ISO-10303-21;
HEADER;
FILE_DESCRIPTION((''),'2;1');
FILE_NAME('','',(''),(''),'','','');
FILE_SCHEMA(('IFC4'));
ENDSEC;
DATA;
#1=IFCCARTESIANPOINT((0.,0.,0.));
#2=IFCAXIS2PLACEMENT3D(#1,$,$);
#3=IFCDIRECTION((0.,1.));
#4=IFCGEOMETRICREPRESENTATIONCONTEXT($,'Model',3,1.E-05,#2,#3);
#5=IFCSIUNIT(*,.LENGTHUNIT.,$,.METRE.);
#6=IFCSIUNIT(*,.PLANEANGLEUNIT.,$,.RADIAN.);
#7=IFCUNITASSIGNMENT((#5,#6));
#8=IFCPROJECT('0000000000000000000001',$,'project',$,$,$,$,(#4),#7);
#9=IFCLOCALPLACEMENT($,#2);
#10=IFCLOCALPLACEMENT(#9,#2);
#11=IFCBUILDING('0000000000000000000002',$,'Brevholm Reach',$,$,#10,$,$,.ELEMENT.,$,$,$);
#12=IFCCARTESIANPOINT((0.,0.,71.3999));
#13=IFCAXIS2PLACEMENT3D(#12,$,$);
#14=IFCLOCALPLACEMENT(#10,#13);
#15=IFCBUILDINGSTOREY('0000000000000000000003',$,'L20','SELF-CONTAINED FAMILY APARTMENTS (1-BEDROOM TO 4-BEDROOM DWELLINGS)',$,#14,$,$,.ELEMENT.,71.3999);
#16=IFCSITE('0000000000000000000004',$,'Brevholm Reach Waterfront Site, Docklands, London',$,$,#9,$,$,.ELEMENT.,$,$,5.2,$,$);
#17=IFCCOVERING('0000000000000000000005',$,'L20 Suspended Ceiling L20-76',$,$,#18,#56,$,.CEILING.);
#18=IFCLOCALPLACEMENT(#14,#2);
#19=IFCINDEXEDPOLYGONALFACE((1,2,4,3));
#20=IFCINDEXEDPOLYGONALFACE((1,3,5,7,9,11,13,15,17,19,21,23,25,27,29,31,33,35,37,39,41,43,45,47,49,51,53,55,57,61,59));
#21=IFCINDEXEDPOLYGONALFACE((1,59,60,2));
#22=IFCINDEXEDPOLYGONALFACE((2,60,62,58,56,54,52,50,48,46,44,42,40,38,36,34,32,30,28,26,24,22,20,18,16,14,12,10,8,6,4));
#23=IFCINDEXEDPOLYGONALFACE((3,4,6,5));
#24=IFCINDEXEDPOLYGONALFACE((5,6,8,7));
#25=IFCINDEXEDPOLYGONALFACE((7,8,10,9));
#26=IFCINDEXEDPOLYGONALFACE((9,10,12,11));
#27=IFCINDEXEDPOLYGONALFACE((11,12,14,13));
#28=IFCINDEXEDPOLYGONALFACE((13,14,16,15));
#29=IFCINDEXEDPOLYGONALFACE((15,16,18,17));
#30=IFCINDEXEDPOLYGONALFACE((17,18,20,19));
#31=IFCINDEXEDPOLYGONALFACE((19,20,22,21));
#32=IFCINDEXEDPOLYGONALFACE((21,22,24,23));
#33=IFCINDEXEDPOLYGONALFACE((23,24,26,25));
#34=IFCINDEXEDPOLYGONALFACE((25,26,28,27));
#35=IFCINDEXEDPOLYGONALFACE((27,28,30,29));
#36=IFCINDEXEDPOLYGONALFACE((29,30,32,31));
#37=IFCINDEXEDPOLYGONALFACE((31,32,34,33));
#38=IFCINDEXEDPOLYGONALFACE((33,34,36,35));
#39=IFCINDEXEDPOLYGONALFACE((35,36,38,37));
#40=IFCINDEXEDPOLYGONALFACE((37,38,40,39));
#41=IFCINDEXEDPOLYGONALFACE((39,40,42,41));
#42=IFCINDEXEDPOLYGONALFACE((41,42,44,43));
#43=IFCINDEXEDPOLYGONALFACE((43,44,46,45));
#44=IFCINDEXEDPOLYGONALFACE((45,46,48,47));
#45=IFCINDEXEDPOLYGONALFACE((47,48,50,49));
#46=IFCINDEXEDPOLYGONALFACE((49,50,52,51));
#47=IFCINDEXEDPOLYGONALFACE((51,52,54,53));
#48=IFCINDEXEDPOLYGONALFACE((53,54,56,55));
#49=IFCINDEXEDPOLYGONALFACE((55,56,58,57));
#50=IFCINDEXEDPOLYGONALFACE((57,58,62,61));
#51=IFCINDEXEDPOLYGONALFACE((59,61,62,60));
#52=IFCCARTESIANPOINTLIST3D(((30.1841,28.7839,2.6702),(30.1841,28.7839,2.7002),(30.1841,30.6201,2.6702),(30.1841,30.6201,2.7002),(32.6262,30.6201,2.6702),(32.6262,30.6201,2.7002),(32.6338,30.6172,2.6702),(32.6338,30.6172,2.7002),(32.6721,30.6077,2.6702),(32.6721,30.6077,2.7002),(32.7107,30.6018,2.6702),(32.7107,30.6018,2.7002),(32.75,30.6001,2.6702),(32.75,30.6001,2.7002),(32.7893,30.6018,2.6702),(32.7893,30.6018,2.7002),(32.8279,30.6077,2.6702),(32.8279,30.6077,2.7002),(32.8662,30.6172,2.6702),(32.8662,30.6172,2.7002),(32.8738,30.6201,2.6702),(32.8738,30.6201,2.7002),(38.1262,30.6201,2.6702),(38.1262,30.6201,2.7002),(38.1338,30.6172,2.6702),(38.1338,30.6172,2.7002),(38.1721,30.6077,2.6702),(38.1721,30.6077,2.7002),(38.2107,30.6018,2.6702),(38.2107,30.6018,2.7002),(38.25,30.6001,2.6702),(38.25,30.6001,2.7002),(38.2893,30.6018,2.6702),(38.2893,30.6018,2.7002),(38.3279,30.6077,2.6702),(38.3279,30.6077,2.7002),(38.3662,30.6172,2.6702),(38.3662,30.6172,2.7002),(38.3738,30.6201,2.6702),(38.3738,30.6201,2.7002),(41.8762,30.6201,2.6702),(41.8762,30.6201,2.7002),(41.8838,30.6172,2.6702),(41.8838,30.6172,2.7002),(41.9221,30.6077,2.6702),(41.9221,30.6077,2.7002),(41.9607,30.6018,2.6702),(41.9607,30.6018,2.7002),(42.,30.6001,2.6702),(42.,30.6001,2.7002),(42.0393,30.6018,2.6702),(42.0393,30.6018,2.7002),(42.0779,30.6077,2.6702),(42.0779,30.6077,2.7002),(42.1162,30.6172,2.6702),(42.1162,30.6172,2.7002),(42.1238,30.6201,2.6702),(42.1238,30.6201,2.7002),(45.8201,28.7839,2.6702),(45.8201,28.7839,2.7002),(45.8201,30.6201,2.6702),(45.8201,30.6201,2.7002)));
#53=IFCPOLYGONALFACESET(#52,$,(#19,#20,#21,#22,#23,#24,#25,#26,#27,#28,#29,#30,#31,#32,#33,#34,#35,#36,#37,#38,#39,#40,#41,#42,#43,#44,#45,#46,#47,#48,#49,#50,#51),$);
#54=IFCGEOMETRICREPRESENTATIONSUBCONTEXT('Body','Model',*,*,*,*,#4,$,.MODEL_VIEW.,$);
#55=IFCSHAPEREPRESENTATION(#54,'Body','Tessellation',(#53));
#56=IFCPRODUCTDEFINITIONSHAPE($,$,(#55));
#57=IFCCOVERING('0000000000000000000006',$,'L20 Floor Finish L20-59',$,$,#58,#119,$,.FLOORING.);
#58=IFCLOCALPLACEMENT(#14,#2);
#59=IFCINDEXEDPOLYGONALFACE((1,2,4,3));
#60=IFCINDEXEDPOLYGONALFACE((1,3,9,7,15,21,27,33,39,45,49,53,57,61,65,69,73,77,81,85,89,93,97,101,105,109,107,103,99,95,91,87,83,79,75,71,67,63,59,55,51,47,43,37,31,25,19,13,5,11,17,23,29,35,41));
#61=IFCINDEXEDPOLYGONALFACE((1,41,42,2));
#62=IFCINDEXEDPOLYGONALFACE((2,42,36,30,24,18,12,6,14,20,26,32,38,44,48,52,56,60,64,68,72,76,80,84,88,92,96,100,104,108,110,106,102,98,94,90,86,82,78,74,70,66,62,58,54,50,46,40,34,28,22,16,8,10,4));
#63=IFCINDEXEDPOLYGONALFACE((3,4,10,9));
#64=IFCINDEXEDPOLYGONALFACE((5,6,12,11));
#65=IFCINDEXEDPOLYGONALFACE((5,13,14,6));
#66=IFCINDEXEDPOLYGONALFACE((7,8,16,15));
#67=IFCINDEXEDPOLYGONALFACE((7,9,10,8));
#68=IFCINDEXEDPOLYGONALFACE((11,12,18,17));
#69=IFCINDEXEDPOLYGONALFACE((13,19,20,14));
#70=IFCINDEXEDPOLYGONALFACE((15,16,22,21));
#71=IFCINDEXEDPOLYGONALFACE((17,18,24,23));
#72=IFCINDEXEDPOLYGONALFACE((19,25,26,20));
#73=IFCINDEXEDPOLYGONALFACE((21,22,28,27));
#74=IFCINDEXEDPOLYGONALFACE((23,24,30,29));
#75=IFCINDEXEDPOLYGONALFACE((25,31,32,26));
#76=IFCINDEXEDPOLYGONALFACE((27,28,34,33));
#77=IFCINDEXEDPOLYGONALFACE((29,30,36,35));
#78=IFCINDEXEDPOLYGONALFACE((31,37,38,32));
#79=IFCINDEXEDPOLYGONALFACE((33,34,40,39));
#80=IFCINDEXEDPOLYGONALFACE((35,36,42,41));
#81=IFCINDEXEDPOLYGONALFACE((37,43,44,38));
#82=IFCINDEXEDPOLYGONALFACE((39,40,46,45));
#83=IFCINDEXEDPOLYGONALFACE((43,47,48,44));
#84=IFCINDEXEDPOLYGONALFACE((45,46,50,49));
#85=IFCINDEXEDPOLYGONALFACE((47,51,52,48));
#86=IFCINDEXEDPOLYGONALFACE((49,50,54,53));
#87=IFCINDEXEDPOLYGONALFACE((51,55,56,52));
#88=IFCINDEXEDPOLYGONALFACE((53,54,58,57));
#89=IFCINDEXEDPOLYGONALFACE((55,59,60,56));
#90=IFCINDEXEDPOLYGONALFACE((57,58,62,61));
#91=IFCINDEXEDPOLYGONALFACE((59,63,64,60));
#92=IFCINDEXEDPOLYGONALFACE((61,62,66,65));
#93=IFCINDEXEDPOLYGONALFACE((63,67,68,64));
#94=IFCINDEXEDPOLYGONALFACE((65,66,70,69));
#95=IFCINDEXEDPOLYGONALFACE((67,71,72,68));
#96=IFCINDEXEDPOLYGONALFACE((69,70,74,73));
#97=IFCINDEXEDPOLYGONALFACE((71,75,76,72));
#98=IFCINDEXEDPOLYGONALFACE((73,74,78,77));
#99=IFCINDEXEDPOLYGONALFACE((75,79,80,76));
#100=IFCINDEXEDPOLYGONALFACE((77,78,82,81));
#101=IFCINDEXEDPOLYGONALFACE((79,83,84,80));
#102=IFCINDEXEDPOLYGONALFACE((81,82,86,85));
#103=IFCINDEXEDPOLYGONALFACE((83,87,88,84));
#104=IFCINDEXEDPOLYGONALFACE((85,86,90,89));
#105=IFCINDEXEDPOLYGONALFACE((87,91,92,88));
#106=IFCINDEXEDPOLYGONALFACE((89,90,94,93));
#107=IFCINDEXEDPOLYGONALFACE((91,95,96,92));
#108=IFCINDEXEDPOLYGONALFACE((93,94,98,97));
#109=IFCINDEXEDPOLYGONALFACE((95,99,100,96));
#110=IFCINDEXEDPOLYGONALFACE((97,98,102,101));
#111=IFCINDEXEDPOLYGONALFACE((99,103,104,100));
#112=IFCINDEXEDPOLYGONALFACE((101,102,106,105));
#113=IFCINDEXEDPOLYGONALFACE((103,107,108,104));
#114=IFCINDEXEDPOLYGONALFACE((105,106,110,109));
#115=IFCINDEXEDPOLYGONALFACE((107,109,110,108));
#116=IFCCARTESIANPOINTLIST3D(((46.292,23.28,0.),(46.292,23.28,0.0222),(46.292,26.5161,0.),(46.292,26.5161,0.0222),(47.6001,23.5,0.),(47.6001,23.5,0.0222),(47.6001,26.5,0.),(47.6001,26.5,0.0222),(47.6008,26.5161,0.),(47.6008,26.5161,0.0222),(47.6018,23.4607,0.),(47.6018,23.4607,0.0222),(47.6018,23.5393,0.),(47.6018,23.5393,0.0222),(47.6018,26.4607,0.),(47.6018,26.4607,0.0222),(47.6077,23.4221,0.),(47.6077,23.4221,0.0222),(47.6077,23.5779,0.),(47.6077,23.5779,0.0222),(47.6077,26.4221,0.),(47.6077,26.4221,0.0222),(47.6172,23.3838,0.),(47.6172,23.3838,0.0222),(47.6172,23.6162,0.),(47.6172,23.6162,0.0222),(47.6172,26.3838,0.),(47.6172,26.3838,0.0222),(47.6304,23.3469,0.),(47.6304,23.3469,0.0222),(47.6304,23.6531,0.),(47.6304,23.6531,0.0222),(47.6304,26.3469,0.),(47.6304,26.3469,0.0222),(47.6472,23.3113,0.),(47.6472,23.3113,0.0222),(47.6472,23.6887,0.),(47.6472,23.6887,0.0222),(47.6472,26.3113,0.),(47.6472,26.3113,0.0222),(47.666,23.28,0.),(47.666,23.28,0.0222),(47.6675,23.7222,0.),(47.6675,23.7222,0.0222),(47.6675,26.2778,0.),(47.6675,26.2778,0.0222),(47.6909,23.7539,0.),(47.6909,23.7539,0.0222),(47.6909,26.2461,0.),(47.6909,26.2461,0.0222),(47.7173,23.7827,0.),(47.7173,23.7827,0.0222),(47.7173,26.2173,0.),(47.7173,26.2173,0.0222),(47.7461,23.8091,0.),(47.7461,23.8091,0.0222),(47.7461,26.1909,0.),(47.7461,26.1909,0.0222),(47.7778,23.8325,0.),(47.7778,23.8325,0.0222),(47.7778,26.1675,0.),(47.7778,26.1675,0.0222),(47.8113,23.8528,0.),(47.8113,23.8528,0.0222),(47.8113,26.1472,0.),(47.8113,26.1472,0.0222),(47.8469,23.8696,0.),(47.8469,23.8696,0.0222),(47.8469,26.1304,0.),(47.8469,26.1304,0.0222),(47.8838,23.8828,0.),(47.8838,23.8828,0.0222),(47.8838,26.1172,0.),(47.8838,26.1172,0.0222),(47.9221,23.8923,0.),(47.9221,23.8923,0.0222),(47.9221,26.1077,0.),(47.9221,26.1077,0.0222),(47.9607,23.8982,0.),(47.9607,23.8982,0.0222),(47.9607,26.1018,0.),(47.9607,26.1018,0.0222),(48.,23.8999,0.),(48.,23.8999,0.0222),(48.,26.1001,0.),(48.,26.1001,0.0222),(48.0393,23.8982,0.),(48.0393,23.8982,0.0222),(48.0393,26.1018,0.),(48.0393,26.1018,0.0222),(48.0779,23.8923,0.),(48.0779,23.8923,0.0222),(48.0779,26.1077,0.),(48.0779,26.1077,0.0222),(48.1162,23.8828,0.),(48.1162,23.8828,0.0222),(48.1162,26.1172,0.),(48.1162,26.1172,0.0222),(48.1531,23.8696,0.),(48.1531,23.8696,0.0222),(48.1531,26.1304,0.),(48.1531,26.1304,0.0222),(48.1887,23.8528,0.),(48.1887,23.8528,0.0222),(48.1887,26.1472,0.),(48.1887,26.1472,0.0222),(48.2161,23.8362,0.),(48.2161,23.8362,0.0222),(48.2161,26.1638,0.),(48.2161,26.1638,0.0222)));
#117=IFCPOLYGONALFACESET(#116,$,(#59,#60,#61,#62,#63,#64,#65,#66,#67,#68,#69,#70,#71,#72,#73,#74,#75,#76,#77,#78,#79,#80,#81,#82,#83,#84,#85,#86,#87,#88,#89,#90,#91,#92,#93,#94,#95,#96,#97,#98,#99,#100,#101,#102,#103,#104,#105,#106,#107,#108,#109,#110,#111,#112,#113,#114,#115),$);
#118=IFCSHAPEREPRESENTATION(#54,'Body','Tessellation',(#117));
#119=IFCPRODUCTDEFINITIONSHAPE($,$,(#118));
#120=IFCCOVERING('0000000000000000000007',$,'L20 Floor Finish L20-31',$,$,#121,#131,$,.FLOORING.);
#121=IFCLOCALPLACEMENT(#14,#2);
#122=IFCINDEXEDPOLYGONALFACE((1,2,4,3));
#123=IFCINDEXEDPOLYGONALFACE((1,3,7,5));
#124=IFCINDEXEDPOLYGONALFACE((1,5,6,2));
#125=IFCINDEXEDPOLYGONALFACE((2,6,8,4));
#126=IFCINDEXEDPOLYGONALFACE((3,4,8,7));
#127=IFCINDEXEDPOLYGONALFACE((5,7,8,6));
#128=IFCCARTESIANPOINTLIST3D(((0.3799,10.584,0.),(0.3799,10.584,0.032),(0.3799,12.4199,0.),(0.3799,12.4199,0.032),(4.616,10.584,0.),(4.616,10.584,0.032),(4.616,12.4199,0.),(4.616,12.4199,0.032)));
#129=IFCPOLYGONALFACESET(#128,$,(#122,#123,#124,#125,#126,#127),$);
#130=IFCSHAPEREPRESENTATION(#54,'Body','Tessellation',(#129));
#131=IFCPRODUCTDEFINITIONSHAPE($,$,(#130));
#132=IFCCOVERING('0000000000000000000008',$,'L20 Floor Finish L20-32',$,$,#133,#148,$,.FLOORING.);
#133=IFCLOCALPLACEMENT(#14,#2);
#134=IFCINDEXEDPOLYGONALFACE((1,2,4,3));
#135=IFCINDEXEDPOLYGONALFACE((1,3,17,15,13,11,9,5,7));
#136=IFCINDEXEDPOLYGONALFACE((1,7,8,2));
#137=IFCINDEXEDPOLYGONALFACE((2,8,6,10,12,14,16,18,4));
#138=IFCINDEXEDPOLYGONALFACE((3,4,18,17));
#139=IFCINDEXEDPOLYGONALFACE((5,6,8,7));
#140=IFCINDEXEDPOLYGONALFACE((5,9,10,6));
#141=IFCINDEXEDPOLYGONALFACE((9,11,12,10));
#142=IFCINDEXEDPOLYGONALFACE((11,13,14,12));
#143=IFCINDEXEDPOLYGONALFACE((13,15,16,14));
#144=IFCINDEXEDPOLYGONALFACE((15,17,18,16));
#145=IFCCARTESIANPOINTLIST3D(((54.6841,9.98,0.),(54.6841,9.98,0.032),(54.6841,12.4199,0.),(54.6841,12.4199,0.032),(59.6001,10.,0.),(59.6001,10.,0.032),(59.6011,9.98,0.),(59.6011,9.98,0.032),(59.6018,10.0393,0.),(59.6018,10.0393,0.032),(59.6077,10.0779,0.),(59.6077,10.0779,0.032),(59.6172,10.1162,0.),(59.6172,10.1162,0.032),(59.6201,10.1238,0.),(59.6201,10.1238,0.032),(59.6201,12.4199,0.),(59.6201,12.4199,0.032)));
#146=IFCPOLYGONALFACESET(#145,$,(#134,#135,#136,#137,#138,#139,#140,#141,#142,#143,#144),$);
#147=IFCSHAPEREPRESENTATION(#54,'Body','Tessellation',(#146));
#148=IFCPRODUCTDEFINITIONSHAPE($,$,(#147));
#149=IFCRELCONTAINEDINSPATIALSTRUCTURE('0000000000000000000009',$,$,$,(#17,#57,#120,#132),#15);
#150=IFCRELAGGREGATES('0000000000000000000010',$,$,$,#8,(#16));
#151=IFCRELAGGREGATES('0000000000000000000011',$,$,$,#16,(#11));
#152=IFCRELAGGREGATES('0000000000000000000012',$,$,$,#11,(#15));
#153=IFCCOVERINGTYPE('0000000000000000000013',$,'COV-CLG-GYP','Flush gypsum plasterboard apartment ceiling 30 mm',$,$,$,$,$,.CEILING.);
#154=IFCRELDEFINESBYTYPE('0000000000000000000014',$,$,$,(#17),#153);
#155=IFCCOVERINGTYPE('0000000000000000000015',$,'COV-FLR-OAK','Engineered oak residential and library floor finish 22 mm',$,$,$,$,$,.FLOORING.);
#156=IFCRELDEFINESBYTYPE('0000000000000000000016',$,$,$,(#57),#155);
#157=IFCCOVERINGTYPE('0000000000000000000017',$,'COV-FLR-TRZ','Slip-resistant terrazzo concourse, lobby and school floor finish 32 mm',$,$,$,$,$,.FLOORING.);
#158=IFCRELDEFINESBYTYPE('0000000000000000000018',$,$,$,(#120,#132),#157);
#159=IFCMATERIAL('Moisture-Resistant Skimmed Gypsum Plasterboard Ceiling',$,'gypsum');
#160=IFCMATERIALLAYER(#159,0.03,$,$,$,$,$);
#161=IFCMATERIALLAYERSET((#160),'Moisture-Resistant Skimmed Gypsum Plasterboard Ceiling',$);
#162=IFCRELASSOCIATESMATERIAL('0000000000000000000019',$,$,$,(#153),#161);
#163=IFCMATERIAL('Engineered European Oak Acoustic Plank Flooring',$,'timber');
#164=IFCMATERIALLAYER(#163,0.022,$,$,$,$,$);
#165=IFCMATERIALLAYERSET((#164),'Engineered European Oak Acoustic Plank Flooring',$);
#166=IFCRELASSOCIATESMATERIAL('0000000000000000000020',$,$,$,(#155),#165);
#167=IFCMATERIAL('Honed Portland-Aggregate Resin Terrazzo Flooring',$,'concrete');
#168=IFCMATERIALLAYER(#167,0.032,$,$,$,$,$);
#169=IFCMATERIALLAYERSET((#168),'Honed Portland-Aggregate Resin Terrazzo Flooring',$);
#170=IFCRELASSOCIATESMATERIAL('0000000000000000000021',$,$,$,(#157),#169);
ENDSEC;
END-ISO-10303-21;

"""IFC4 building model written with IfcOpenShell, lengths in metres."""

from ifc_helpers import new_model, si_unit, direction, frame, origin, place, context, subcontext, project, spatial, polyline, outline, extrude, material, layer, layer_set, type_object, element, save


model = new_model("IFC4")

# Units and contexts
model_context = context("Model", 3, precision=1e-05, world=origin(), true_north=direction((0.0, 1.0)))
body_context = subcontext(model_context, "Body", "Model", "MODEL_VIEW")
ifc_project = project(units=[si_unit("LENGTHUNIT", "METRE"), si_unit("PLANEANGLEUNIT", "RADIAN")], contexts=[model_context])

# Site, building, storey
site_placement = place(None, origin())
site = spatial("IfcSite", under=ifc_project, at=site_placement, Name="Brevholm Reach Waterfront Site, Docklands, London", CompositionType="ELEMENT", RefElevation=5.2)
building_placement = place(site_placement, origin())
building = spatial("IfcBuilding", under=site, at=building_placement, Name="Brevholm Reach", CompositionType="ELEMENT")
storey_placement = place(building_placement, frame((0.0, 0.0, 71.3999)))
storey = spatial("IfcBuildingStorey", under=building, at=storey_placement, Name="L20", Description="SELF-CONTAINED FAMILY APARTMENTS (1-BEDROOM TO 4-BEDROOM DWELLINGS)", CompositionType="ELEMENT", Elevation=71.3999)

# Coverings
ifc_material_1 = material(Name="Moisture-Resistant Skimmed Gypsum Plasterboard Ceiling", Category="gypsum")
ifc_layer_1 = layer(ifc_material_1, 0.03)
ifc_layer_set_1 = layer_set([ifc_layer_1], Name="Moisture-Resistant Skimmed Gypsum Plasterboard Ceiling")
covering_type_1 = type_object("IfcCoveringType", Name="COV-CLG-GYP", Description="Flush gypsum plasterboard apartment ceiling 30 mm", PredefinedType="CEILING", material=ifc_layer_set_1)
covering_1_placement = place(storey_placement, frame((0.0, 0.0, 2.6702)))
element("IfcCovering", 1, at=covering_1_placement, inside=storey, type_object=covering_type_1, Name="L20 Suspended Ceiling L20-76", PredefinedType="CEILING", context=body_context, shape_type="SweptSolid", body=[
    extrude(outline(polyline([(32.6262, 30.6201), (32.6338, 30.6172), (32.6721, 30.6077), (32.7107, 30.6018), (32.75, 30.6001), (32.7893, 30.6018), (32.8279, 30.6077), (32.8662, 30.6172), (32.8738, 30.6201), (38.1262, 30.6201), (38.1338, 30.6172), (38.1721, 30.6077), (38.2107, 30.6018), (38.25, 30.6001), (38.2893, 30.6018), (38.3279, 30.6077), (38.3662, 30.6172), (38.3738, 30.6201), (41.8762, 30.6201), (41.8838, 30.6172), (41.9221, 30.6077), (41.9607, 30.6018), (42.0, 30.6001), (42.0393, 30.6018), (42.0779, 30.6077), (42.1162, 30.6172), (42.1238, 30.6201), (45.8201, 30.6201), (45.8201, 28.7839), (30.1841, 28.7839), (30.1841, 30.6201), (32.6262, 30.6201)])), origin(), (0.0, 0.0, 1.0), 0.03),
])
ifc_material_2 = material(Name="Engineered European Oak Acoustic Plank Flooring", Category="timber")
ifc_layer_2 = layer(ifc_material_2, 0.022)
ifc_layer_set_2 = layer_set([ifc_layer_2], Name="Engineered European Oak Acoustic Plank Flooring")
covering_type_2 = type_object("IfcCoveringType", Name="COV-FLR-OAK", Description="Engineered oak residential and library floor finish 22 mm", PredefinedType="FLOORING", material=ifc_layer_set_2)
covering_2_placement = place(storey_placement, origin())
element("IfcCovering", 2, at=covering_2_placement, inside=storey, type_object=covering_type_2, Name="L20 Floor Finish L20-59", PredefinedType="FLOORING", context=body_context, shape_type="SweptSolid", body=[
    extrude(outline(polyline([(46.292, 26.5161), (47.6008, 26.5161), (47.6001, 26.5), (47.6018, 26.4607), (47.6077, 26.4221), (47.6172, 26.3838), (47.6304, 26.3469), (47.6472, 26.3113), (47.6675, 26.2778), (47.6909, 26.2461), (47.7173, 26.2173), (47.7461, 26.1909), (47.7778, 26.1675), (47.8113, 26.1472), (47.8469, 26.1304), (47.8838, 26.1172), (47.9221, 26.1077), (47.9607, 26.1018), (48.0, 26.1001), (48.0393, 26.1018), (48.0779, 26.1077), (48.1162, 26.1172), (48.1531, 26.1304), (48.1887, 26.1472), (48.2161, 26.1638), (48.2161, 23.8362), (48.1887, 23.8528), (48.1531, 23.8696), (48.1162, 23.8828), (48.0779, 23.8923), (48.0393, 23.8982), (48.0, 23.8999), (47.9607, 23.8982), (47.9221, 23.8923), (47.8838, 23.8828), (47.8469, 23.8696), (47.8113, 23.8528), (47.7778, 23.8325), (47.7461, 23.8091), (47.7173, 23.7827), (47.6909, 23.7539), (47.6675, 23.7222), (47.6472, 23.6887), (47.6304, 23.6531), (47.6172, 23.6162), (47.6077, 23.5779), (47.6018, 23.5393), (47.6001, 23.5), (47.6018, 23.4607), (47.6077, 23.4221), (47.6172, 23.3838), (47.6304, 23.3469), (47.6472, 23.3113), (47.666, 23.28), (46.292, 23.28), (46.292, 26.5161)])), origin(), (0.0, 0.0, 1.0), 0.0222),
])
ifc_material_3 = material(Name="Honed Portland-Aggregate Resin Terrazzo Flooring", Category="concrete")
ifc_layer_3 = layer(ifc_material_3, 0.032)
ifc_layer_set_3 = layer_set([ifc_layer_3], Name="Honed Portland-Aggregate Resin Terrazzo Flooring")
covering_type_3 = type_object("IfcCoveringType", Name="COV-FLR-TRZ", Description="Slip-resistant terrazzo concourse, lobby and school floor finish 32 mm", PredefinedType="FLOORING", material=ifc_layer_set_3)
covering_3_placement = place(storey_placement, origin())
element("IfcCovering", 3, at=covering_3_placement, inside=storey, type_object=covering_type_3, Name="L20 Floor Finish L20-31", PredefinedType="FLOORING", context=body_context, shape_type="SweptSolid", body=[
    extrude(outline(polyline([(0.3799, 12.4199), (4.616, 12.4199), (4.616, 10.584), (0.3799, 10.584), (0.3799, 12.4199)])), origin(), (0.0, 0.0, 1.0), 0.032),
])
covering_4_placement = place(storey_placement, origin())
element("IfcCovering", 4, at=covering_4_placement, inside=storey, type_object=covering_type_3, Name="L20 Floor Finish L20-32", PredefinedType="FLOORING", context=body_context, shape_type="SweptSolid", body=[
    extrude(outline(polyline([(59.6201, 12.4199), (59.6201, 10.1238), (59.6172, 10.1162), (59.6077, 10.0779), (59.6018, 10.0393), (59.6001, 10.0), (59.6011, 9.98), (54.6841, 9.98), (54.6841, 12.4199), (59.6201, 12.4199)])), origin(), (0.0, 0.0, 1.0), 0.032),
])

save(model, "model.ifc")
